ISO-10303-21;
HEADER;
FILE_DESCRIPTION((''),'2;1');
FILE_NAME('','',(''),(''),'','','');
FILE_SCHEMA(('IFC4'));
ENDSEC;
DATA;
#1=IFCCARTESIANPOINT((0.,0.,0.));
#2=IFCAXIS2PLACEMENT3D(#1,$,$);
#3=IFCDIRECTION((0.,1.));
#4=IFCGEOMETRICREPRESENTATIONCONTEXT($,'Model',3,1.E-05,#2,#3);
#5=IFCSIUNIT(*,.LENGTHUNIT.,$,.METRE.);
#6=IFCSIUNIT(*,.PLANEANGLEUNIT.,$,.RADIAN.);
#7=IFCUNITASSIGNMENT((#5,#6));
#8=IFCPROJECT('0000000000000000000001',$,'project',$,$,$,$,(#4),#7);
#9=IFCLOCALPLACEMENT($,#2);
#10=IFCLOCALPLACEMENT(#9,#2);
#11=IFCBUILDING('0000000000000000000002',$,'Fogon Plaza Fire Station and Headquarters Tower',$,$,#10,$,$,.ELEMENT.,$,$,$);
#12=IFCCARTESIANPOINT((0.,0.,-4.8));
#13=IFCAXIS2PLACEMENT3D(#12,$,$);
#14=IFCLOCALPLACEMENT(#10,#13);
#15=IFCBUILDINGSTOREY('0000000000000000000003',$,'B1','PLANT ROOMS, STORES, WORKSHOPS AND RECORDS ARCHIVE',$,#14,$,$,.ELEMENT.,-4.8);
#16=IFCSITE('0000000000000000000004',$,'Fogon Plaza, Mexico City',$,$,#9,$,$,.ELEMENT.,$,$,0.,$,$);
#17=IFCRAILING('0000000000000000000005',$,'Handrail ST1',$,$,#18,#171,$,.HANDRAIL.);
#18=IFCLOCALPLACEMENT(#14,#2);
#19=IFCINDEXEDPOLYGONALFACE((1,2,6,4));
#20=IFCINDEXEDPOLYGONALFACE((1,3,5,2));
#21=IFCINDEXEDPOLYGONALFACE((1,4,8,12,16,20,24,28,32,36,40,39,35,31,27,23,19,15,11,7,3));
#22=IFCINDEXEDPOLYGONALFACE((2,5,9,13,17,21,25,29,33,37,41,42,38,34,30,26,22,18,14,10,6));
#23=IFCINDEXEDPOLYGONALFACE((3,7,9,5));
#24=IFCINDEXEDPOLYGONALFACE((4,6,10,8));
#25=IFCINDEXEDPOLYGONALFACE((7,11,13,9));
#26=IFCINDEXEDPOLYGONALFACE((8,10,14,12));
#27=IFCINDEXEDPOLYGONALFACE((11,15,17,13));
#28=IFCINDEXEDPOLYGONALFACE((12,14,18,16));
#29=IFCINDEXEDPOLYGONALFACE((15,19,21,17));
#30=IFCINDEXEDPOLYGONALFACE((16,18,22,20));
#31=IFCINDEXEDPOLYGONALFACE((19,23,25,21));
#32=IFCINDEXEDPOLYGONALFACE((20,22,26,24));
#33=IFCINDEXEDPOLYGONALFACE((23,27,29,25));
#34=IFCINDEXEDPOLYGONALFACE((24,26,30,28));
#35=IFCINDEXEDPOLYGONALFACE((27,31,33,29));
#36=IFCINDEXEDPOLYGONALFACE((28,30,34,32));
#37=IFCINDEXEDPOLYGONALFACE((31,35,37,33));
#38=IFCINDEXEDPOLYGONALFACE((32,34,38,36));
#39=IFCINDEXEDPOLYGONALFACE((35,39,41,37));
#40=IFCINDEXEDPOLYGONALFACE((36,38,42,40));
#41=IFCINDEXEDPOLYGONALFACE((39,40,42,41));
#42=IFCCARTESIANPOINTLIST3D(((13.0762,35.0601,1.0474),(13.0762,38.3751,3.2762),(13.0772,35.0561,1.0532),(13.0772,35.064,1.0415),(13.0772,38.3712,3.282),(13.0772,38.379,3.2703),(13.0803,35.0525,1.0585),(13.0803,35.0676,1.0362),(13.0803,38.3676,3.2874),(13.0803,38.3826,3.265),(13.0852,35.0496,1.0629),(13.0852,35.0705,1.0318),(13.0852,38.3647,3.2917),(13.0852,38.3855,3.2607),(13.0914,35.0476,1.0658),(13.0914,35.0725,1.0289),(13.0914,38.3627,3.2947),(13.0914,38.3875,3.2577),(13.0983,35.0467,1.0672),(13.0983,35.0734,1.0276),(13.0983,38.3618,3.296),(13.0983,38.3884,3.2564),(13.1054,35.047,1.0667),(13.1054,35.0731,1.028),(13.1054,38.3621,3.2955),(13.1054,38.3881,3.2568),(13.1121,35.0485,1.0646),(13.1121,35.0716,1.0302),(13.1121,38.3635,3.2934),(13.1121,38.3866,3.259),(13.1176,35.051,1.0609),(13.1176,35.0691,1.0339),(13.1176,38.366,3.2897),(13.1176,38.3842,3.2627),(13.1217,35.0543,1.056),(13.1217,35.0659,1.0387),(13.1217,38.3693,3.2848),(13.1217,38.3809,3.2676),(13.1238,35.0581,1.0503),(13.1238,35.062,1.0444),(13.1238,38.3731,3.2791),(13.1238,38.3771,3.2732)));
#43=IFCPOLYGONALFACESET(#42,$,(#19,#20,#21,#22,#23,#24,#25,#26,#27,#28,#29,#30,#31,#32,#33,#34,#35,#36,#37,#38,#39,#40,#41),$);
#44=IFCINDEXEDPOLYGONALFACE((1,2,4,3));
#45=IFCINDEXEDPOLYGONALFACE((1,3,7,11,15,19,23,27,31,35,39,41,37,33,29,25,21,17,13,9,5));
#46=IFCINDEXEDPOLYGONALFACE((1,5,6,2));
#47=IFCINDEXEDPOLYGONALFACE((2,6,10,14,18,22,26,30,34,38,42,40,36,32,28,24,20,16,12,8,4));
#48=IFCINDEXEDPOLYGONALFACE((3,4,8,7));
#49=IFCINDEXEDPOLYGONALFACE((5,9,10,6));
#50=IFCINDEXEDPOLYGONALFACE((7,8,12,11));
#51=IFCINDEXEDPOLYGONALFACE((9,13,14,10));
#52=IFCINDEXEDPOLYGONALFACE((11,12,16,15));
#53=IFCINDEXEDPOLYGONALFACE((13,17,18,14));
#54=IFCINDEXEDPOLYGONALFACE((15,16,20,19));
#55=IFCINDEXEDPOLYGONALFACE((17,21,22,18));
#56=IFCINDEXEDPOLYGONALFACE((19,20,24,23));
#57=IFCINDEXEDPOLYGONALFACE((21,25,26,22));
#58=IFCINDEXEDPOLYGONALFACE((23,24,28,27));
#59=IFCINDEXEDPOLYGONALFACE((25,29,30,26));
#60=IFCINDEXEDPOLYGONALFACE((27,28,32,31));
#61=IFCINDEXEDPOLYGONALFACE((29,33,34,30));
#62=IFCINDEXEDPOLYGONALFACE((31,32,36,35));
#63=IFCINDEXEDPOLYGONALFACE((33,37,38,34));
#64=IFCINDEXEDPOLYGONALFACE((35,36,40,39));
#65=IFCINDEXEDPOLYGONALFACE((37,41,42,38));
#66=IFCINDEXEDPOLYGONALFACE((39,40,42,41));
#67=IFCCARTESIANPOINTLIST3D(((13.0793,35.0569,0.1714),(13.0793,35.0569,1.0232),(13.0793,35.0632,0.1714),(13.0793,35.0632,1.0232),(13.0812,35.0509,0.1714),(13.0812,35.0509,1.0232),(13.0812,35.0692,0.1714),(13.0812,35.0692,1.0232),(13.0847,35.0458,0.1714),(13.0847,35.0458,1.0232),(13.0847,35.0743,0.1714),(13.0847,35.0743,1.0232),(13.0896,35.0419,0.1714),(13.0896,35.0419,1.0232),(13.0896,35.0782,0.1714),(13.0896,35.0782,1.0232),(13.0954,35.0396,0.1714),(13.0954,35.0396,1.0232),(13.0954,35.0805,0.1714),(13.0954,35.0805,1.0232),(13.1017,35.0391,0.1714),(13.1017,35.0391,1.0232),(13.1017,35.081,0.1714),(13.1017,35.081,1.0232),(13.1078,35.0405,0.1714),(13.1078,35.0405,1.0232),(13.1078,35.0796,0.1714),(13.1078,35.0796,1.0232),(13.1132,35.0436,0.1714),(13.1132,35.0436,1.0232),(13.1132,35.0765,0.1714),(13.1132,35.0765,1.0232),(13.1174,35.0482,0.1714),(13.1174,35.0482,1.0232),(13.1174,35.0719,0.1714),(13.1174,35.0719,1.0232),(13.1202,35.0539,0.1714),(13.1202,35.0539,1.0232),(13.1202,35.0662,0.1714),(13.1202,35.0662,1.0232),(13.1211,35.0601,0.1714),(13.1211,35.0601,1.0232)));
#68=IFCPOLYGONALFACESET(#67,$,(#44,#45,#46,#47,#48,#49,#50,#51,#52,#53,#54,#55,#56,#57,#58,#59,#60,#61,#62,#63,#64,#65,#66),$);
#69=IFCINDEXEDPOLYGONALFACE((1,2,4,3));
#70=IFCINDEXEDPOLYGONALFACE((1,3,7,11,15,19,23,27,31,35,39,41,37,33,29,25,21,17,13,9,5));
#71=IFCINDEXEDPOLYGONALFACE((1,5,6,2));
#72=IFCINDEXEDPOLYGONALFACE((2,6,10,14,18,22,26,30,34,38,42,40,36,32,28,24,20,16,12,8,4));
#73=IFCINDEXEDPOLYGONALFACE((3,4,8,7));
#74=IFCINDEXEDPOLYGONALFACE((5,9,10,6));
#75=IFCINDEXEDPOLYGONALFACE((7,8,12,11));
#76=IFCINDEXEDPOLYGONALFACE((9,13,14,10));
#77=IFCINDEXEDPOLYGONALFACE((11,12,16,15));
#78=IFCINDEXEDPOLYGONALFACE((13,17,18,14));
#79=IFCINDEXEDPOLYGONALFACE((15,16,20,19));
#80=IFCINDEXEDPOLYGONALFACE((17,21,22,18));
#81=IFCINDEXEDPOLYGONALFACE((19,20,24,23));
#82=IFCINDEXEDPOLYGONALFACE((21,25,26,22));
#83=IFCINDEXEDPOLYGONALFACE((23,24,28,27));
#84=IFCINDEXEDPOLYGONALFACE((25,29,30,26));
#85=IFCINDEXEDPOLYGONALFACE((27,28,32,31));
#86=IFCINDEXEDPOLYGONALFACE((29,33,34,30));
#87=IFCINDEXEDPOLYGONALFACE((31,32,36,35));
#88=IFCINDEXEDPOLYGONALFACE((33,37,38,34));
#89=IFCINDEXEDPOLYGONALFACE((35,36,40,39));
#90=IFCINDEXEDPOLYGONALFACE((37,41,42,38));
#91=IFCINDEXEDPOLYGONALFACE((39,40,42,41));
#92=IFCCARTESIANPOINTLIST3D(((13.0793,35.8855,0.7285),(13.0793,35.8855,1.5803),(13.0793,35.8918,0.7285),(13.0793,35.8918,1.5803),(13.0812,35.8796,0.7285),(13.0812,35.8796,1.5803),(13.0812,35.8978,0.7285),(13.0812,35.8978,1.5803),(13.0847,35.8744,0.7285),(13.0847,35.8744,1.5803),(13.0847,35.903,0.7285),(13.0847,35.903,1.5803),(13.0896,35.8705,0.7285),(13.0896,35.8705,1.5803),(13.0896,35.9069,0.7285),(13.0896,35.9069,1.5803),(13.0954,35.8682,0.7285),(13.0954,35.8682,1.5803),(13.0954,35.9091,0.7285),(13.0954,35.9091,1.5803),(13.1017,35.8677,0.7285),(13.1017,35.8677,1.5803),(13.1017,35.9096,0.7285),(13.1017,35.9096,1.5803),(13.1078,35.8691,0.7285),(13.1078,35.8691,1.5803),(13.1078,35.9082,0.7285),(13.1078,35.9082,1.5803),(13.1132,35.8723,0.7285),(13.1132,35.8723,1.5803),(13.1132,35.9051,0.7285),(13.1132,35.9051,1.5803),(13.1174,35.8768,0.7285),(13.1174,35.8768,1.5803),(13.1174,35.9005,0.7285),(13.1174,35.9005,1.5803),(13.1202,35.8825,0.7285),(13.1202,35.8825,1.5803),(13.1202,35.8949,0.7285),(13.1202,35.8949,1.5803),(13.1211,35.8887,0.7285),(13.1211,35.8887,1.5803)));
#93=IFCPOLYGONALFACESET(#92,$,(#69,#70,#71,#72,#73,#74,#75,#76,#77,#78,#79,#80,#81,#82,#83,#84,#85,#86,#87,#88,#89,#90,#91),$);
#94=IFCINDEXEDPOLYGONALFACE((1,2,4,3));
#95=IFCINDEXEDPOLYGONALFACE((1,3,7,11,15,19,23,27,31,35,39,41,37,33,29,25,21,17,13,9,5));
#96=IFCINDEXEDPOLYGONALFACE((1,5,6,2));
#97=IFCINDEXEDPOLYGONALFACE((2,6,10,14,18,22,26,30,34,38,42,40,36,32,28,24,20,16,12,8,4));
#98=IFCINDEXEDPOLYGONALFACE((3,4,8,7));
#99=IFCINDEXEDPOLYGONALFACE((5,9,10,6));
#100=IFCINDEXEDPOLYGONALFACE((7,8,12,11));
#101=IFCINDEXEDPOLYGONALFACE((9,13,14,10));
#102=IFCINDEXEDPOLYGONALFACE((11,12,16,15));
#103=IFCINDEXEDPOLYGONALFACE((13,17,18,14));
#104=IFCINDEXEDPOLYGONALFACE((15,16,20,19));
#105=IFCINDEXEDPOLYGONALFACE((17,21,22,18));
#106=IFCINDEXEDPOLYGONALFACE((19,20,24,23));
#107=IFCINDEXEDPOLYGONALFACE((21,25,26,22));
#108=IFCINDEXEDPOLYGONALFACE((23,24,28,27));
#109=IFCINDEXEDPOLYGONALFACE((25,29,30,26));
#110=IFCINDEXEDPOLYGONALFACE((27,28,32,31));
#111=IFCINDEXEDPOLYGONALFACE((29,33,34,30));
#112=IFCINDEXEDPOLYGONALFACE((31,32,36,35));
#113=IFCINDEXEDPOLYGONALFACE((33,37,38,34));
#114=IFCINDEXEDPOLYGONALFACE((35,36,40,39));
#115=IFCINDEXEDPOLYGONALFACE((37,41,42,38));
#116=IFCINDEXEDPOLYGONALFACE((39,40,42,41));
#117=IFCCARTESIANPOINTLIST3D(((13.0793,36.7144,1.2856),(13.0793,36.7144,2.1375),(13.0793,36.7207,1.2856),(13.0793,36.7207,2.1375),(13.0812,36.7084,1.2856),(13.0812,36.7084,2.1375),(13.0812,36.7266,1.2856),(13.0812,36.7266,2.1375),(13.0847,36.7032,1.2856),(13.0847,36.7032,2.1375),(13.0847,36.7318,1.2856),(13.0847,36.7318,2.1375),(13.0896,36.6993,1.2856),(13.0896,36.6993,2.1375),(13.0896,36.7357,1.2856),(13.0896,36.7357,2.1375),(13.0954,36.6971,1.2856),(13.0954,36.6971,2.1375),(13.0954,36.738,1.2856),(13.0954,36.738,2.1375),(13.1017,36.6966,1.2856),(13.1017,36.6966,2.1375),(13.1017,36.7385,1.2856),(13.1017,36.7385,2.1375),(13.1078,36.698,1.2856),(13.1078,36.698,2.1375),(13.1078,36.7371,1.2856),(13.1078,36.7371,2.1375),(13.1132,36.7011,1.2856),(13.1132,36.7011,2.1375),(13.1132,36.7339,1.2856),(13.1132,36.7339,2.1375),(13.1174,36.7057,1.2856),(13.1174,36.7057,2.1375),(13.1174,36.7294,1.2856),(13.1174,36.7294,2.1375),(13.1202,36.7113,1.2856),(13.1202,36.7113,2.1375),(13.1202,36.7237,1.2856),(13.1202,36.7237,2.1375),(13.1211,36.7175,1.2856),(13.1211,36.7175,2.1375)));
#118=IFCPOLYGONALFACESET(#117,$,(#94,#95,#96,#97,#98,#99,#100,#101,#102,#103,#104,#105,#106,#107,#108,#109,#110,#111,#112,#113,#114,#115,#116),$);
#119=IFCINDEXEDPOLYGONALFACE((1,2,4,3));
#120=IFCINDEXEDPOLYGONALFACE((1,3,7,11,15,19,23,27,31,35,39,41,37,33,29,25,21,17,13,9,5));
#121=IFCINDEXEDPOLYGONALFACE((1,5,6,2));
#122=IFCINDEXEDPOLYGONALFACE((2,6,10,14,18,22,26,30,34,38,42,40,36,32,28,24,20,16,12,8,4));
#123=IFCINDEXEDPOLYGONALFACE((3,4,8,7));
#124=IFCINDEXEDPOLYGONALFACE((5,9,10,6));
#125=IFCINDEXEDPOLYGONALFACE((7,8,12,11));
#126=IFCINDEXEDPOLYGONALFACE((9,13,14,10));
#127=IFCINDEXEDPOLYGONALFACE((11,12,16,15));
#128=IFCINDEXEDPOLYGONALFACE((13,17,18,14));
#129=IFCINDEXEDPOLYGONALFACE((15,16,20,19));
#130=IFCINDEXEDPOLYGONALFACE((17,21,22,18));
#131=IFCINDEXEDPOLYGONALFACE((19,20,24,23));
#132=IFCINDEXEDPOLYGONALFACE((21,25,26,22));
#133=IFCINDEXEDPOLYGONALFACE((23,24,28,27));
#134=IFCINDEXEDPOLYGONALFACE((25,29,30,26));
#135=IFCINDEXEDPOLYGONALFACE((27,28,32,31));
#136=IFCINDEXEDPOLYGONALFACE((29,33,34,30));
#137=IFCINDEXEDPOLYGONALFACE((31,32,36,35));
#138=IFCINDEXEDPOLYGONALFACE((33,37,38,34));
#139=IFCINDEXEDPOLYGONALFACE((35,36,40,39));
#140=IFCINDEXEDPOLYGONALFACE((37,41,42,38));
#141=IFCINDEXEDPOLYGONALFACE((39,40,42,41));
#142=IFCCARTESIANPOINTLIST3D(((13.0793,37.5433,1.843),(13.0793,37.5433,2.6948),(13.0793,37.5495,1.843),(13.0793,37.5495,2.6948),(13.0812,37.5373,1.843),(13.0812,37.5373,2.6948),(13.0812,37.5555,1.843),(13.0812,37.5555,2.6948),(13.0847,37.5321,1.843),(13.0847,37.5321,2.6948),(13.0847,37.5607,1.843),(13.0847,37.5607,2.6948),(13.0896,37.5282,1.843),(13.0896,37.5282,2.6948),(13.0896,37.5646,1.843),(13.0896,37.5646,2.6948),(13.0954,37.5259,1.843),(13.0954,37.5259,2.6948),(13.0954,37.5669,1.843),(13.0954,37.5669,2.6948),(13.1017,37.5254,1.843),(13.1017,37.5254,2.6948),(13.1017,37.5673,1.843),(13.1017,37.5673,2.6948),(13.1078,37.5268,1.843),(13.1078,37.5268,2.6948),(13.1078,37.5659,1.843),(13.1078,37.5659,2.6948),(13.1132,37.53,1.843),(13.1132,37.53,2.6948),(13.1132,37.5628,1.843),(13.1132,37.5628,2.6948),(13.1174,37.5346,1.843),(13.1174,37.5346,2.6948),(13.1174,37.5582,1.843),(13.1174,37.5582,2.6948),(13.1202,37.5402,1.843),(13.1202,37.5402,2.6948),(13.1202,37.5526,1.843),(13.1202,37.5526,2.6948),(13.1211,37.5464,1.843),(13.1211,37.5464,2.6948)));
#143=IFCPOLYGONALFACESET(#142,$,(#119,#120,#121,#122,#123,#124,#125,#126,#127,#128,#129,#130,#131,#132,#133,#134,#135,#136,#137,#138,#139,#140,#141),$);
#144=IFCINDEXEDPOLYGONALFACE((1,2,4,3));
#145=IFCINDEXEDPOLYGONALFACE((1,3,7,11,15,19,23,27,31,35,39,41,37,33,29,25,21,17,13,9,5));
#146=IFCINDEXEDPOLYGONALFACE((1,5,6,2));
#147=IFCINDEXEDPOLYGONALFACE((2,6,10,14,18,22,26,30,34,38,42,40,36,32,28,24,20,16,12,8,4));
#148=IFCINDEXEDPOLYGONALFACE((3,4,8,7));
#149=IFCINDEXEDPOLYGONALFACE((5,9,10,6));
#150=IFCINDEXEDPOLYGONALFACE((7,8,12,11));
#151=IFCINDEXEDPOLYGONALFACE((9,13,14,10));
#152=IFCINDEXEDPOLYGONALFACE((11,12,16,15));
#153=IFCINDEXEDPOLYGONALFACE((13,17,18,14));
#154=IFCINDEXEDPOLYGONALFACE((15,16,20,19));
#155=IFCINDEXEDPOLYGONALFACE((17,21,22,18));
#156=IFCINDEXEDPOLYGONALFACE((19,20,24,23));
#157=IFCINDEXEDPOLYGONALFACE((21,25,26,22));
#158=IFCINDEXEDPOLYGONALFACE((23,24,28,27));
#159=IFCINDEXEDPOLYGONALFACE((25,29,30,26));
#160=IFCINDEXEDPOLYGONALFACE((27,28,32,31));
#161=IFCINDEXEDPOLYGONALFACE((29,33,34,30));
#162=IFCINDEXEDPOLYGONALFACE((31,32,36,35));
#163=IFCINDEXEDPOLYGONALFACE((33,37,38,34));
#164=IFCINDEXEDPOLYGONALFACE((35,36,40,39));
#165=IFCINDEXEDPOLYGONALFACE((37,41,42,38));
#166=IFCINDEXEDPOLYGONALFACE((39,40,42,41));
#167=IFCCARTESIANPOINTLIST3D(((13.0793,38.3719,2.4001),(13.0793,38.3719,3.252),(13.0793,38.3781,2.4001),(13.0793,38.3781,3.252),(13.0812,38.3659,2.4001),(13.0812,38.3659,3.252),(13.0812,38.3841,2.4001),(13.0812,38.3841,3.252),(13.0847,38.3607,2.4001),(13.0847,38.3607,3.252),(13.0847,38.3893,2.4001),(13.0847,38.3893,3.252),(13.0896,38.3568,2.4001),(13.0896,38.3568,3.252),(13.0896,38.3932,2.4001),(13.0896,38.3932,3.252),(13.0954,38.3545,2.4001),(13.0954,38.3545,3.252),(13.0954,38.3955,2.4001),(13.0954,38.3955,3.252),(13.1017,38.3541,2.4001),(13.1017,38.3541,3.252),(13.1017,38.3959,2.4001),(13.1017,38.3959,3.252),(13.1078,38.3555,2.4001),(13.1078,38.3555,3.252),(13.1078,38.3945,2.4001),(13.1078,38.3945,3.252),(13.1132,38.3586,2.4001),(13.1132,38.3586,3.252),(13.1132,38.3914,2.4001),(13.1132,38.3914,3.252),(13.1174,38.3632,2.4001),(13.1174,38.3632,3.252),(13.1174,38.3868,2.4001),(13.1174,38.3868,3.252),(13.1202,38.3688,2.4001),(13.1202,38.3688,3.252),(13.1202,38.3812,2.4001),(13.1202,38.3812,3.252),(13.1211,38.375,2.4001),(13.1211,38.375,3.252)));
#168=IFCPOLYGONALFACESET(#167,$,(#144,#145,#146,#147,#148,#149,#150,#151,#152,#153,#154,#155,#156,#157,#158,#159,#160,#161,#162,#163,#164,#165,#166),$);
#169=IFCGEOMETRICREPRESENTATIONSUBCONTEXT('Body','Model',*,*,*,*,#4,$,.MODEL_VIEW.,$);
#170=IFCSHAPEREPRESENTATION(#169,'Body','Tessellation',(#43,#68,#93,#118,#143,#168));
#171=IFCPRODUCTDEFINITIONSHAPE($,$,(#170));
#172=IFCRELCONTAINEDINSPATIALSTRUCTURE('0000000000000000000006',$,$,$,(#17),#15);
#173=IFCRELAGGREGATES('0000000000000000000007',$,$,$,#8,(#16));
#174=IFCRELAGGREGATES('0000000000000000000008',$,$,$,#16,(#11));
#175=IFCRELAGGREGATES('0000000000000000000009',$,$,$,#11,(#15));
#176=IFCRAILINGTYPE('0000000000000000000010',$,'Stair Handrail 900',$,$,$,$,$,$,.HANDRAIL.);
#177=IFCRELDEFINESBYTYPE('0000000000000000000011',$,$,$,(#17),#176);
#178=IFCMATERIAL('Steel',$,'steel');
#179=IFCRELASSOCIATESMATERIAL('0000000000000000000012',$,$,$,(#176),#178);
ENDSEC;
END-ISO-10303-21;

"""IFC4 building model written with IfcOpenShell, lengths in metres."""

from ifc_helpers import new_model, si_unit, direction, frame, origin, origin_2d, place, context, subcontext, project, spatial, circle, extrude, material, type_object, element, save


model = new_model("IFC4")

# Units and contexts
model_context = context("Model", 3, precision=1e-05, world=origin(), true_north=direction((0.0, 1.0)))
body_context = subcontext(model_context, "Body", "Model", "MODEL_VIEW")
ifc_project = project(units=[si_unit("LENGTHUNIT", "METRE"), si_unit("PLANEANGLEUNIT", "RADIAN")], contexts=[model_context])

# Site, building, storey
site_placement = place(None, origin())
site = spatial("IfcSite", under=ifc_project, at=site_placement, Name="Fogon Plaza, Mexico City", CompositionType="ELEMENT", RefElevation=0.0)
building_placement = place(site_placement, origin())
building = spatial("IfcBuilding", under=site, at=building_placement, Name="Fogon Plaza Fire Station and Headquarters Tower", CompositionType="ELEMENT")
storey_placement = place(building_placement, frame((0.0, 0.0, -4.8)))
storey = spatial("IfcBuildingStorey", under=building, at=storey_placement, Name="B1", Description="PLANT ROOMS, STORES, WORKSHOPS AND RECORDS ARCHIVE", CompositionType="ELEMENT", Elevation=-4.8)

# Railing
ifc_material_1 = material(Name="Steel", Category="steel")
railing_type = type_object("IfcRailingType", Name="Stair Handrail 900", PredefinedType="HANDRAIL", material=ifc_material_1)
for number, where, name in (
    (1, (13.1001, 35.0601, 0.1714), "Handrail ST1"),
):
    element("IfcRailing", number, at=place(storey_placement, frame(where)), inside=storey, type_object=railing_type, Name=name, PredefinedType="HANDRAIL", context=body_context, shape_type="SweptSolid", body=[
        extrude(circle(Radius=0.0239, at=origin_2d()), frame((0.0, 0.0, 0.876), z_axis=(0.0, 0.829872, 0.557954), x_axis=(-1.0, 0.0, 0.0)), (0.0, 0.0, 1.0), 3.9946),
        extrude(circle(Radius=0.021, at=origin_2d()), origin(), (0.0, 0.0, 1.0), 0.8518),
        extrude(circle(Radius=0.021, at=origin_2d()), frame((0.0, 0.8286, 0.5571)), (0.0, 0.0, 1.0), 0.8518),
        extrude(circle(Radius=0.021, at=origin_2d()), frame((0.0, 1.6575, 1.1143)), (0.0, 0.0, 1.0), 0.8518),
        extrude(circle(Radius=0.021, at=origin_2d()), frame((0.0, 2.4863, 1.6716)), (0.0, 0.0, 1.0), 0.8518),
        extrude(circle(Radius=0.021, at=origin_2d()), frame((0.0, 3.3149, 2.2288)), (0.0, 0.0, 1.0), 0.8518),
    ])

save(model, "model.ifc")
